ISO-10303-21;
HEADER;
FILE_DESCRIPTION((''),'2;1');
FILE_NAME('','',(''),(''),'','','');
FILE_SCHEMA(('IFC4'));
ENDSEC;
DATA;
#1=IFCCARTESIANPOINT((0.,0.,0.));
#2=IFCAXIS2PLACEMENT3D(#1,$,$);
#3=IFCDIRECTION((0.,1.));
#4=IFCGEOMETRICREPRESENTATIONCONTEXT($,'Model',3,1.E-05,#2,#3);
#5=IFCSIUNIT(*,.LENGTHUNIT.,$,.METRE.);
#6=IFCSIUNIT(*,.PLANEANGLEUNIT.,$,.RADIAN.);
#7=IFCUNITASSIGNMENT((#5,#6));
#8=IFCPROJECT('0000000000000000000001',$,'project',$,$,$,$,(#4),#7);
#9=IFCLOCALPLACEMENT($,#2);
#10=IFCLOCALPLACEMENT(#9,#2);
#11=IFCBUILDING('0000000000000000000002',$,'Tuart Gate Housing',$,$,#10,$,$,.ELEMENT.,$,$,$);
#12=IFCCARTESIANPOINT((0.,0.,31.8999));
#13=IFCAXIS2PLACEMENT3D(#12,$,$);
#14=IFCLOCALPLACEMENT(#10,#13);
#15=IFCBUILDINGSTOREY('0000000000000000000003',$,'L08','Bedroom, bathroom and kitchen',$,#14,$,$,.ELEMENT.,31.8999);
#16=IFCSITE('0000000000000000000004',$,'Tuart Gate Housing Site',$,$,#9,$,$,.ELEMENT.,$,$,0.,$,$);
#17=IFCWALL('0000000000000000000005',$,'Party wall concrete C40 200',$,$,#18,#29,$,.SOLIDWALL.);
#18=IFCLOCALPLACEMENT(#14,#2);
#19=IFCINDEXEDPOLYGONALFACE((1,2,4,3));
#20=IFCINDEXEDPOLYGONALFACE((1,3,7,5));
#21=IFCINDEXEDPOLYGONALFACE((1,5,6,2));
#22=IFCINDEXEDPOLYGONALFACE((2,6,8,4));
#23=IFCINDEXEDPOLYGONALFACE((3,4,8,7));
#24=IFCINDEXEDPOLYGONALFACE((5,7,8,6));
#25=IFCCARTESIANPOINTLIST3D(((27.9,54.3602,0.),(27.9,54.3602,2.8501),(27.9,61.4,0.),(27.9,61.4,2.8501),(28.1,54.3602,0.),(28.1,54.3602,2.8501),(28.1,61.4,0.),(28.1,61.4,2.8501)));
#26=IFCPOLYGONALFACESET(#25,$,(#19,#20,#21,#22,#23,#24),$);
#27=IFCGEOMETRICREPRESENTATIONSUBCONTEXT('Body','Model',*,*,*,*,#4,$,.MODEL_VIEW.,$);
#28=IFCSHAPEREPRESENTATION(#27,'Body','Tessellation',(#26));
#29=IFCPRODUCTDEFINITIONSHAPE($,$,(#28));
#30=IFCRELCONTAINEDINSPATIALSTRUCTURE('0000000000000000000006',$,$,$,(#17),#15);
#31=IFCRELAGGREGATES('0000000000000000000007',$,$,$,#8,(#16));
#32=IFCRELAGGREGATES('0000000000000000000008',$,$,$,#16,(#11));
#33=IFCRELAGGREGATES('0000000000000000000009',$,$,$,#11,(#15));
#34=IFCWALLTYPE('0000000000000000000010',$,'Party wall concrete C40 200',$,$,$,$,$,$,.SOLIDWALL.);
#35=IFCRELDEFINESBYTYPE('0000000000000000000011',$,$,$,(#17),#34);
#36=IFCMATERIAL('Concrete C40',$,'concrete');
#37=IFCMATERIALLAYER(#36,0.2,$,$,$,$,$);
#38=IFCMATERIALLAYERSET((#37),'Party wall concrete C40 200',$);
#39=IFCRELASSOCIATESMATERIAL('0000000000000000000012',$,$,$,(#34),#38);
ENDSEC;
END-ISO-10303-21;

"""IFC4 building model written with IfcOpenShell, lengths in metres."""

from ifc_helpers import new_model, si_unit, direction, frame, frame_2d, origin, place, context, subcontext, project, spatial, rectangle, extrude, material, layer, layer_set, type_object, element, save


model = new_model("IFC4")

# Units and contexts
model_context = context("Model", 3, precision=1e-05, world=origin(), true_north=direction((0.0, 1.0)))
body_context = subcontext(model_context, "Body", "Model", "MODEL_VIEW")
ifc_project = project(units=[si_unit("LENGTHUNIT", "METRE"), si_unit("PLANEANGLEUNIT", "RADIAN")], contexts=[model_context])

# Site, building, storey
site_placement = place(None, origin())
site = spatial("IfcSite", under=ifc_project, at=site_placement, Name="Tuart Gate Housing Site", CompositionType="ELEMENT", RefElevation=0.0)
building_placement = place(site_placement, origin())
building = spatial("IfcBuilding", under=site, at=building_placement, Name="Tuart Gate Housing", CompositionType="ELEMENT")
storey_placement = place(building_placement, frame((0.0, 0.0, 31.8999)))
storey = spatial("IfcBuildingStorey", under=building, at=storey_placement, Name="L08", Description="Bedroom, bathroom and kitchen", CompositionType="ELEMENT", Elevation=31.8999)

# Wall
ifc_material_1 = material(Name="Concrete C40", Category="concrete")
ifc_layer_1 = layer(ifc_material_1, 0.2)
ifc_layer_set_1 = layer_set([ifc_layer_1], Name="Party wall concrete C40 200")
wall_type_1 = type_object("IfcWallType", Name="Party wall concrete C40 200", PredefinedType="SOLIDWALL", material=ifc_layer_set_1)
wall_1_placement = place(storey_placement, frame((28.0, 54.3601, 0.0), z_axis=(0.0, 0.0, 1.0), x_axis=(0.0, 1.0, 0.0)))
element("IfcWall", 1, at=wall_1_placement, inside=storey, type_object=wall_type_1, Name="Party wall concrete C40 200", PredefinedType="SOLIDWALL", context=body_context, shape_type="SweptSolid", body=[
    extrude(rectangle(XDim=7.0398, YDim=0.2, at=frame_2d((3.52, 0.0))), origin(), (0.0, 0.0, 1.0), 2.8501),
])

save(model, "model.ifc")
